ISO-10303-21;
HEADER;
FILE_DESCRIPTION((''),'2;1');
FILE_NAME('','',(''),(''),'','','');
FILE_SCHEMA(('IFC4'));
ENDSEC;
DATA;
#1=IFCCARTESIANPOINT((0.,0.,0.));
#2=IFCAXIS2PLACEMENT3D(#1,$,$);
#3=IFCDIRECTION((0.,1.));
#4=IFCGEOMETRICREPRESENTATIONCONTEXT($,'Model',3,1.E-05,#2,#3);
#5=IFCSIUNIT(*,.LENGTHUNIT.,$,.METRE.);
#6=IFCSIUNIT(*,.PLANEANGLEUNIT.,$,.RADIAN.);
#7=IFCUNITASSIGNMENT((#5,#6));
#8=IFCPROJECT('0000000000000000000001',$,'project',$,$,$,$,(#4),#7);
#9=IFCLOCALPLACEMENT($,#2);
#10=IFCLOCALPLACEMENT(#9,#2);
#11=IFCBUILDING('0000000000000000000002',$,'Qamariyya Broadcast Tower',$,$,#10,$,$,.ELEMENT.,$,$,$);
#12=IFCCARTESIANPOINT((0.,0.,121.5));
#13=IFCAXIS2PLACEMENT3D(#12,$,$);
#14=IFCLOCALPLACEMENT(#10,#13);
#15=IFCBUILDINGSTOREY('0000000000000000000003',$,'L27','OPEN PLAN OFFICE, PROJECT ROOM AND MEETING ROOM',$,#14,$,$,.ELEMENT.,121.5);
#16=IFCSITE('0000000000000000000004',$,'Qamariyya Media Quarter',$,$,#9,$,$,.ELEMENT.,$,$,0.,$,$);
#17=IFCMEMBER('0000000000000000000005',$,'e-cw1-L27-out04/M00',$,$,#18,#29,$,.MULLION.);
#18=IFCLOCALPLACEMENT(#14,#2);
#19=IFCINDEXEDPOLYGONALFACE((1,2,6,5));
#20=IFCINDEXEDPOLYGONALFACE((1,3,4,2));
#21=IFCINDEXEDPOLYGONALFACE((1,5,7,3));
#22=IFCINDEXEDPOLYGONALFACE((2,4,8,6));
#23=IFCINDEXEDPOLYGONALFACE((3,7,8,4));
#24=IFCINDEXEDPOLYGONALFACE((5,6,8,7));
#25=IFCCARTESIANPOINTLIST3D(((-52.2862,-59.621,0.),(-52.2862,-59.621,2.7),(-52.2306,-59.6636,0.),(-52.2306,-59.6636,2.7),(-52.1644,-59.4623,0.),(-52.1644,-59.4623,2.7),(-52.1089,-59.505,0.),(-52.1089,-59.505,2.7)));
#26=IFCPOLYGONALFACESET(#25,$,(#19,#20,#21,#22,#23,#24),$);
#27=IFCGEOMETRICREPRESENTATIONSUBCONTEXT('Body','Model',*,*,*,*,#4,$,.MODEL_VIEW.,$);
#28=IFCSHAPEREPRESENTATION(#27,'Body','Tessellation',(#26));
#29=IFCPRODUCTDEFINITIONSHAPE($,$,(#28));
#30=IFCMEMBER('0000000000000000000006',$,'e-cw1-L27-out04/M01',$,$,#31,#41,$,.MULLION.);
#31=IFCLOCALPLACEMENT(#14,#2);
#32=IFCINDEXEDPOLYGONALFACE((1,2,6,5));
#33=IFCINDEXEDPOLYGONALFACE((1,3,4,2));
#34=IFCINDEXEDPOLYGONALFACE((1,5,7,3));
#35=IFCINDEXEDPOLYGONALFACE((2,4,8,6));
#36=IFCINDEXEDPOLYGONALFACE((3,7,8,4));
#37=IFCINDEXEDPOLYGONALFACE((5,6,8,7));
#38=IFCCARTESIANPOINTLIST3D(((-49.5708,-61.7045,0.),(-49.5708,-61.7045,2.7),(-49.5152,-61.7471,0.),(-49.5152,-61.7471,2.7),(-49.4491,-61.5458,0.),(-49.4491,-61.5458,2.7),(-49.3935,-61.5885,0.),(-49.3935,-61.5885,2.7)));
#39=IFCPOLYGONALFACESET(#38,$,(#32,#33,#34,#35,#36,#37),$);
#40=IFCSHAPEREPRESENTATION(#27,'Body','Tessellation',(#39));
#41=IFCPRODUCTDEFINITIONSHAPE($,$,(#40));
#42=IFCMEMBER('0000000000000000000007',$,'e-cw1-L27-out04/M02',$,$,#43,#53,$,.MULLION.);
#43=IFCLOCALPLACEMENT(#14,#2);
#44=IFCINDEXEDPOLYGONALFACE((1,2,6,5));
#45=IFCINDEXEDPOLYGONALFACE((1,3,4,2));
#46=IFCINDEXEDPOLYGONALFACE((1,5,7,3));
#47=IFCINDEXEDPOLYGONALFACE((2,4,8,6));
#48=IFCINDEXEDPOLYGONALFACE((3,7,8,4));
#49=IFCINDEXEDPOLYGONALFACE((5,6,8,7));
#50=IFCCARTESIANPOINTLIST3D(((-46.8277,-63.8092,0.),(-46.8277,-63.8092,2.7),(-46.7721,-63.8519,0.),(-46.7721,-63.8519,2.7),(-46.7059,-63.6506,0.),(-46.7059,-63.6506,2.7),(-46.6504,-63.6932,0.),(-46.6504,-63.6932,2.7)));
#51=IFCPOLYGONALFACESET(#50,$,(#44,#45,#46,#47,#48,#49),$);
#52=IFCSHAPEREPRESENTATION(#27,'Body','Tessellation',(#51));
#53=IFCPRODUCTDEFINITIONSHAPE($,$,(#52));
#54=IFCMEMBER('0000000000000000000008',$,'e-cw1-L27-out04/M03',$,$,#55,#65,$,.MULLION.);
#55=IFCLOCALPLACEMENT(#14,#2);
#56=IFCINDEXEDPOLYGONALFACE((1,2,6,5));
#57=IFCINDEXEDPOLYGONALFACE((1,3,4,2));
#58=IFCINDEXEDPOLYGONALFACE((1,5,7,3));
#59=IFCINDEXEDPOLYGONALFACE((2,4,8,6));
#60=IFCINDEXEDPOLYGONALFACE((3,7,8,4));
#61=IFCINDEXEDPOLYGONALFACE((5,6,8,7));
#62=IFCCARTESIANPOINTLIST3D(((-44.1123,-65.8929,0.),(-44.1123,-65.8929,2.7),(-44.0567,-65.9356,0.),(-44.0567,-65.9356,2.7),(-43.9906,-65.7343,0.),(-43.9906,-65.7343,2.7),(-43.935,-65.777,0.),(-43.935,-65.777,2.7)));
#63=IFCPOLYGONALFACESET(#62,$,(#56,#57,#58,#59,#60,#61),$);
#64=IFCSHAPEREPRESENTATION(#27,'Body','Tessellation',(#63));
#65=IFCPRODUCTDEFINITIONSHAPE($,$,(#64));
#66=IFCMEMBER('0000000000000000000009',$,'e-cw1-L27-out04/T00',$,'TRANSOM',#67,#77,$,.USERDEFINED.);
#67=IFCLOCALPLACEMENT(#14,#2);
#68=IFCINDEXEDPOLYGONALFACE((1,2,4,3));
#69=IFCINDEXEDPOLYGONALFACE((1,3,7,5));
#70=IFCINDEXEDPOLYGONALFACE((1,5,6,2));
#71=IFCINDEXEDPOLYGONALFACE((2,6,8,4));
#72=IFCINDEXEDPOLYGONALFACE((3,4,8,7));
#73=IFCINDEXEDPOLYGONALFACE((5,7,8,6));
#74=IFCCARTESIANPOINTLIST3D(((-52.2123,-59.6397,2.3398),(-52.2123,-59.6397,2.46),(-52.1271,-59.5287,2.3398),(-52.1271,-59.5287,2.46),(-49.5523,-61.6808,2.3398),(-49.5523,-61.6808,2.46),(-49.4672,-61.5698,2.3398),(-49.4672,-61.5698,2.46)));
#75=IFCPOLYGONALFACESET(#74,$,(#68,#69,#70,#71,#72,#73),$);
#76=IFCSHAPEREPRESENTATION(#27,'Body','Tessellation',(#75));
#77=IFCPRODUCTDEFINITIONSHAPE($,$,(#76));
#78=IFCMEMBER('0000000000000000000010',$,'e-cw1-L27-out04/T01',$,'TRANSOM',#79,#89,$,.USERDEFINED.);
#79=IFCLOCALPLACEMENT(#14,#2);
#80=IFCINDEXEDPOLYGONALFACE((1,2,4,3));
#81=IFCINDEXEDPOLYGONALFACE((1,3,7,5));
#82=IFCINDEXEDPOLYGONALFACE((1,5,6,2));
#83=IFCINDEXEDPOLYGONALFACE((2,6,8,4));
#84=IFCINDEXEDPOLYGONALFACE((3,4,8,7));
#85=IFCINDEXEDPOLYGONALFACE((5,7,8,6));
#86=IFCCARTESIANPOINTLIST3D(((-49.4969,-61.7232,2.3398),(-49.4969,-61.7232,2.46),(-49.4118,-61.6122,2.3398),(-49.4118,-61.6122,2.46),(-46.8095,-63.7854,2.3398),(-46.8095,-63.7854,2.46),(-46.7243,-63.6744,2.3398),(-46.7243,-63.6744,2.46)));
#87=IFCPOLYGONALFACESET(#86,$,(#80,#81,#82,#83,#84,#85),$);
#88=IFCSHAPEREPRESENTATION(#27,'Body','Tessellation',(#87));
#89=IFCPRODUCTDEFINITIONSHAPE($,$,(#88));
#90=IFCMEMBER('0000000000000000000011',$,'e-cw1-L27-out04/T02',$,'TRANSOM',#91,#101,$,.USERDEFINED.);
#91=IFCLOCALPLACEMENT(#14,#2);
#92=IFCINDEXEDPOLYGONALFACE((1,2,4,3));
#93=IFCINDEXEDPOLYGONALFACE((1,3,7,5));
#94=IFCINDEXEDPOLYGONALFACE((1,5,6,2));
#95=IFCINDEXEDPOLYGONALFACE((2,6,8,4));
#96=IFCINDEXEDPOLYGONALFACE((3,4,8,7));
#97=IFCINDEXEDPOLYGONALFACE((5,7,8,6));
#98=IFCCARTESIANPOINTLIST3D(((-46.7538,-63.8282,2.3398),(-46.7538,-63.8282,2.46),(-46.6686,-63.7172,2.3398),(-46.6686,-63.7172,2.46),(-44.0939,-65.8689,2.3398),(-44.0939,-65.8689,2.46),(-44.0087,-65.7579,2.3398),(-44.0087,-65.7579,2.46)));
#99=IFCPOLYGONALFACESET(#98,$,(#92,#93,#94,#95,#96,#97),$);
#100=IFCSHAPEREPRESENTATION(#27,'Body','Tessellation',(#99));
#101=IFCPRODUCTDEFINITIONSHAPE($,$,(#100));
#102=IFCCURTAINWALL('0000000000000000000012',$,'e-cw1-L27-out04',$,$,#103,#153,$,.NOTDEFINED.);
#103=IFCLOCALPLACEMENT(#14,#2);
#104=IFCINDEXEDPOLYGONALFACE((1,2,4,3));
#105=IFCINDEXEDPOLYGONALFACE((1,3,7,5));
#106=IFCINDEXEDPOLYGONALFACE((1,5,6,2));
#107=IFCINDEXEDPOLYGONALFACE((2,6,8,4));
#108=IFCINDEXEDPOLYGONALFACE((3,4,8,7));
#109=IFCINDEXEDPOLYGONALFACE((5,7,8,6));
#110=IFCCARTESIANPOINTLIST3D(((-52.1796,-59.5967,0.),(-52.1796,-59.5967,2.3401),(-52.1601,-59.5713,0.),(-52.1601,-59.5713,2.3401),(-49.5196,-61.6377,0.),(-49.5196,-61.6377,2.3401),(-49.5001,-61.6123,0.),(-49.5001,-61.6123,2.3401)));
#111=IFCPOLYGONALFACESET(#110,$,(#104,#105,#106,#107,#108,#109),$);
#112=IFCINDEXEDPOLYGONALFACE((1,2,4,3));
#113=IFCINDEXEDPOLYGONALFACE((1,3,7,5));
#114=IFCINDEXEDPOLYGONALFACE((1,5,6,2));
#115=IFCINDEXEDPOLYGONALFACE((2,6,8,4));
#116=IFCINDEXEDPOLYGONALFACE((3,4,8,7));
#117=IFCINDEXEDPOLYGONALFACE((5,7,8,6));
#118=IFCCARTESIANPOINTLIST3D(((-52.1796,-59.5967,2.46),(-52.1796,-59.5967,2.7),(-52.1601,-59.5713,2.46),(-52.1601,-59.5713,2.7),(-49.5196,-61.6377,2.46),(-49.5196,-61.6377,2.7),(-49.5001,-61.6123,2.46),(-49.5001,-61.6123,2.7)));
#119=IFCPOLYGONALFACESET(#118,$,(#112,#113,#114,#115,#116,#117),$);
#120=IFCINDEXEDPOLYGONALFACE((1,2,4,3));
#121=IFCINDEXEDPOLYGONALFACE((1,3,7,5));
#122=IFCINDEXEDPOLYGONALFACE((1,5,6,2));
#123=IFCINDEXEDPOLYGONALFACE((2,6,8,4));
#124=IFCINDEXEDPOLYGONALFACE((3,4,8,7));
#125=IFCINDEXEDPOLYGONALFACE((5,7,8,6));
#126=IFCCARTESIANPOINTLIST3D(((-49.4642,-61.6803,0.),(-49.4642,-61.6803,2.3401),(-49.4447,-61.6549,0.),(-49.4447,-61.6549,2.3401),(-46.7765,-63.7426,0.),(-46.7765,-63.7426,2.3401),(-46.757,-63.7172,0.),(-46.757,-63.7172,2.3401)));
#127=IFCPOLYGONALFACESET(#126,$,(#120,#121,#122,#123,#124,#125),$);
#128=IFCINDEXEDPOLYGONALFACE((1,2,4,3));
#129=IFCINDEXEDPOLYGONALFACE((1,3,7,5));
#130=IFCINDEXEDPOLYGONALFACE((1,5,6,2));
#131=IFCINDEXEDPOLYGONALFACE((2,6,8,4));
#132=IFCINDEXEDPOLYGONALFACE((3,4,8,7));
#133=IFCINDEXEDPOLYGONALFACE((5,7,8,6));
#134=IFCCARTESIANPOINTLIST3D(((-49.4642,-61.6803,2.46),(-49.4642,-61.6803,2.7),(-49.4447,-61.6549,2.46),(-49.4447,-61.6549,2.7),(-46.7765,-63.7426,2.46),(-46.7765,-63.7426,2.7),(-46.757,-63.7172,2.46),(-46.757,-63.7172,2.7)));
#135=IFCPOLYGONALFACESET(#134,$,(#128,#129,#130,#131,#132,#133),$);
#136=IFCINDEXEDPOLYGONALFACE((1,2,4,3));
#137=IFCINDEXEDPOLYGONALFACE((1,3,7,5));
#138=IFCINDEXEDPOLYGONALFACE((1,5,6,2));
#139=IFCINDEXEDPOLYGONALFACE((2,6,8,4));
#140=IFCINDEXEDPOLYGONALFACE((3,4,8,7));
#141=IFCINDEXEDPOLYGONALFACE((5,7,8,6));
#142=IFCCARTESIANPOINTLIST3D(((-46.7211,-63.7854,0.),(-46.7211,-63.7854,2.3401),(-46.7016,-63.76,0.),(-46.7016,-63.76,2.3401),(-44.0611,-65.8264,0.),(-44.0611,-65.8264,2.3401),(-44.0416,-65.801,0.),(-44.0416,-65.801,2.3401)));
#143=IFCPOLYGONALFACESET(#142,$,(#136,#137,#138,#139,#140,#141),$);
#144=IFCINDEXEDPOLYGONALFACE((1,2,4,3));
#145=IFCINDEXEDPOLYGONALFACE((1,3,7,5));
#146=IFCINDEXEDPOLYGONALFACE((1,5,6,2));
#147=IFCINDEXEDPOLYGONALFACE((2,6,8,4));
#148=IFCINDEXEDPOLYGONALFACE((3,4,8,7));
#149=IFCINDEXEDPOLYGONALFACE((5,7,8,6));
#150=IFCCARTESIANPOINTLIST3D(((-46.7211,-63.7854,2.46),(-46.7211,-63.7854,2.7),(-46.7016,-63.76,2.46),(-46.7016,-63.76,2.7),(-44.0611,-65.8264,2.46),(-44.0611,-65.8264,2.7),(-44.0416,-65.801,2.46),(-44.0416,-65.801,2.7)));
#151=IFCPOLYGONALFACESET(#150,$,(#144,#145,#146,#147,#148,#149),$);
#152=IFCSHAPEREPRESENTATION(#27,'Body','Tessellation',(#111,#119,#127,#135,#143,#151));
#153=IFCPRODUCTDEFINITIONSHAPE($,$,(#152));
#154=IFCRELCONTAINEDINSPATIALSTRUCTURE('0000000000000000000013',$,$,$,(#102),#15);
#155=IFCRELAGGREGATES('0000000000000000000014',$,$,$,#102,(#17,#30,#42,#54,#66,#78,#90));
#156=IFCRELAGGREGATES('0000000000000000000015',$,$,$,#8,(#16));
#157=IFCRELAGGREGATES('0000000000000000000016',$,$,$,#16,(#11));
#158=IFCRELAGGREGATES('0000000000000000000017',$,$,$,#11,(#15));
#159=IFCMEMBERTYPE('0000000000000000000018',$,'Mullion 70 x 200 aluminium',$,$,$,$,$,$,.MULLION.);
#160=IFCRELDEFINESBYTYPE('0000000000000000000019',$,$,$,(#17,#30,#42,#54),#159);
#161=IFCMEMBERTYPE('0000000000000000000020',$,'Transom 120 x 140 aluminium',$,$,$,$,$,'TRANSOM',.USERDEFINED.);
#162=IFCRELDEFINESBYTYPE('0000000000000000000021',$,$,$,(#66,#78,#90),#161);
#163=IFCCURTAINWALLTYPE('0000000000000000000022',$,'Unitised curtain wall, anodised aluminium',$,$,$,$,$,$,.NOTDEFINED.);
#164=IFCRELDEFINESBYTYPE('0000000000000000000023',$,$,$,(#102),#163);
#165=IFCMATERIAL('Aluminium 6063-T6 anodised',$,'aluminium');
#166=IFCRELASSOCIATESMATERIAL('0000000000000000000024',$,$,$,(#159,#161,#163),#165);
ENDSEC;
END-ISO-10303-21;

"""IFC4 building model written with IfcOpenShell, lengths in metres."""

from ifc_helpers import new_model, si_unit, direction, frame, origin, origin_2d, place, context, subcontext, project, spatial, rectangle, extrude, material, material_profile, profile_set, type_object, element, aggregate, save


model = new_model("IFC4")

# Units and contexts
model_context = context("Model", 3, precision=1e-05, world=origin(), true_north=direction((0.0, 1.0)))
body_context = subcontext(model_context, "Body", "Model", "MODEL_VIEW")
ifc_project = project(units=[si_unit("LENGTHUNIT", "METRE"), si_unit("PLANEANGLEUNIT", "RADIAN")], contexts=[model_context])

# Members
ifc_material = material(Name="Aluminium 6063-T6 anodised", Category="aluminium")
ifc_material_profile_1 = material_profile(ifc_material, rectangle(XDim=0.2, YDim=0.0701, at=origin_2d()))
ifc_profile_set_1 = profile_set([ifc_material_profile_1], Name="Aluminium 6063-T6 anodised")
member_type_1 = type_object("IfcMemberType", Name="Mullion 70 x 200 aluminium", PredefinedType="MULLION", material=ifc_profile_set_1)
site_placement = place(None, origin())
building_placement = place(site_placement, origin())
storey_placement = place(building_placement, frame((0.0, 0.0, 121.5)))
member_1_placement = place(storey_placement, frame((-52.1975, -59.563, 0.0), z_axis=(0.0, 0.0, 1.0), x_axis=(0.608761, 0.793353, 0.0)))
member_1 = element("IfcMember", 1, at=member_1_placement, type_object=member_type_1, Name="e-cw1-L27-out04/M00", PredefinedType="MULLION", context=body_context, shape_type="SweptSolid", body=[
    extrude(rectangle(XDim=0.2, YDim=0.0701, at=origin_2d()), origin(), (0.0, 0.0, 1.0), 2.7),
])
member_2_placement = place(storey_placement, frame((-49.4822, -61.6465, 0.0), z_axis=(0.0, 0.0, 1.0), x_axis=(0.608761, 0.793353, 0.0)))
member_2 = element("IfcMember", 2, at=member_2_placement, type_object=member_type_1, Name="e-cw1-L27-out04/M01", PredefinedType="MULLION", context=body_context, shape_type="SweptSolid", body=[
    extrude(rectangle(XDim=0.2, YDim=0.0701, at=origin_2d()), origin(), (0.0, 0.0, 1.0), 2.7),
])
member_3_placement = place(storey_placement, frame((-46.739, -63.7512, 0.0), z_axis=(0.0, 0.0, 1.0), x_axis=(0.608761, 0.793353, 0.0)))
member_3 = element("IfcMember", 3, at=member_3_placement, type_object=member_type_1, Name="e-cw1-L27-out04/M02", PredefinedType="MULLION", context=body_context, shape_type="SweptSolid", body=[
    extrude(rectangle(XDim=0.2, YDim=0.0701, at=origin_2d()), origin(), (0.0, 0.0, 1.0), 2.7),
])
member_4_placement = place(storey_placement, frame((-44.0237, -65.835, 0.0), z_axis=(0.0, 0.0, 1.0), x_axis=(0.608761, 0.793353, 0.0)))
member_4 = element("IfcMember", 4, at=member_4_placement, type_object=member_type_1, Name="e-cw1-L27-out04/M03", PredefinedType="MULLION", context=body_context, shape_type="SweptSolid", body=[
    extrude(rectangle(XDim=0.2, YDim=0.0701, at=origin_2d()), origin(), (0.0, 0.0, 1.0), 2.7),
])
ifc_material_profile_2 = material_profile(ifc_material, rectangle(XDim=0.1399, YDim=0.1201, at=origin_2d()))
ifc_profile_set_2 = profile_set([ifc_material_profile_2], Name="Aluminium 6063-T6 anodised")
member_type_2 = type_object("IfcMemberType", Name="Transom 120 x 140 aluminium", ElementType="TRANSOM", PredefinedType="USERDEFINED", material=ifc_profile_set_2)
member_5_placement = place(storey_placement, frame((-52.1697, -59.5842, 2.3999), z_axis=(0.793354, -0.60876, 0.0), x_axis=(0.60876, 0.793354, 0.0)))
member_5 = element("IfcMember", 5, at=member_5_placement, type_object=member_type_2, Name="e-cw1-L27-out04/T00", ObjectType="TRANSOM", PredefinedType="USERDEFINED", context=body_context, shape_type="SweptSolid", body=[
    extrude(rectangle(XDim=0.1399, YDim=0.1201, at=origin_2d()), origin(), (0.0, 0.0, 1.0), 3.3528),
])
member_6_placement = place(storey_placement, frame((-49.4543, -61.6677, 2.3999), z_axis=(0.793344, -0.608773, 0.0), x_axis=(0.608773, 0.793344, 0.0)))
member_6 = element("IfcMember", 6, at=member_6_placement, type_object=member_type_2, Name="e-cw1-L27-out04/T01", ObjectType="TRANSOM", PredefinedType="USERDEFINED", context=body_context, shape_type="SweptSolid", body=[
    extrude(rectangle(XDim=0.1399, YDim=0.1201, at=origin_2d()), origin(), (0.0, 0.0, 1.0), 3.3875),
])
member_7_placement = place(storey_placement, frame((-46.7112, -63.7727, 2.3999), z_axis=(0.793389, -0.608714, 0.0), x_axis=(0.608714, 0.793389, 0.0)))
member_7 = element("IfcMember", 7, at=member_7_placement, type_object=member_type_2, Name="e-cw1-L27-out04/T02", ObjectType="TRANSOM", PredefinedType="USERDEFINED", context=body_context, shape_type="SweptSolid", body=[
    extrude(rectangle(XDim=0.1399, YDim=0.1201, at=origin_2d()), origin(), (0.0, 0.0, 1.0), 3.3525),
])

# Site, building, storey
site = spatial("IfcSite", under=ifc_project, at=site_placement, Name="Qamariyya Media Quarter", CompositionType="ELEMENT", RefElevation=0.0)
building = spatial("IfcBuilding", under=site, at=building_placement, Name="Qamariyya Broadcast Tower", CompositionType="ELEMENT")
storey = spatial("IfcBuildingStorey", under=building, at=storey_placement, Name="L27", Description="OPEN PLAN OFFICE, PROJECT ROOM AND MEETING ROOM", CompositionType="ELEMENT", Elevation=121.5)

# Curtain wall
curtain_wall_type = type_object("IfcCurtainWallType", Name="Unitised curtain wall, anodised aluminium", PredefinedType="NOTDEFINED", material=ifc_material)
curtain_wall_1_placement = place(storey_placement, origin())
curtain_wall_1 = element("IfcCurtainWall", 8, at=curtain_wall_1_placement, inside=storey, type_object=curtain_wall_type, Name="e-cw1-L27-out04", PredefinedType="NOTDEFINED", context=body_context, shape_type="SweptSolid", body=[
    extrude(rectangle(XDim=3.3528, YDim=0.032, at=origin_2d()), frame((-50.8398, -60.6045, 0.0), x_axis=(0.793354, -0.608761, 0.0)), (0.0, 0.0, 1.0), 2.3401),
    extrude(rectangle(XDim=3.3528, YDim=0.032, at=origin_2d()), frame((-50.8398, -60.6045, 2.46), x_axis=(0.793354, -0.608761, 0.0)), (0.0, 0.0, 1.0), 0.24),
    extrude(rectangle(XDim=3.3877, YDim=0.032, at=origin_2d()), frame((-48.1106, -62.6987, 0.0), x_axis=(0.793354, -0.608761, 0.0)), (0.0, 0.0, 1.0), 2.3401),
    extrude(rectangle(XDim=3.3877, YDim=0.032, at=origin_2d()), frame((-48.1106, -62.6987, 2.46), x_axis=(0.793354, -0.608761, 0.0)), (0.0, 0.0, 1.0), 0.24),
    extrude(rectangle(XDim=3.3528, YDim=0.032, at=origin_2d()), frame((-45.3813, -64.7932, 0.0), x_axis=(0.793354, -0.608761, 0.0)), (0.0, 0.0, 1.0), 2.3401),
    extrude(rectangle(XDim=3.3528, YDim=0.032, at=origin_2d()), frame((-45.3813, -64.7932, 2.46), x_axis=(0.793354, -0.608761, 0.0)), (0.0, 0.0, 1.0), 0.24),
])
aggregate(curtain_wall_1, [member_1, member_2, member_3, member_4, member_5, member_6, member_7])

save(model, "model.ifc")
